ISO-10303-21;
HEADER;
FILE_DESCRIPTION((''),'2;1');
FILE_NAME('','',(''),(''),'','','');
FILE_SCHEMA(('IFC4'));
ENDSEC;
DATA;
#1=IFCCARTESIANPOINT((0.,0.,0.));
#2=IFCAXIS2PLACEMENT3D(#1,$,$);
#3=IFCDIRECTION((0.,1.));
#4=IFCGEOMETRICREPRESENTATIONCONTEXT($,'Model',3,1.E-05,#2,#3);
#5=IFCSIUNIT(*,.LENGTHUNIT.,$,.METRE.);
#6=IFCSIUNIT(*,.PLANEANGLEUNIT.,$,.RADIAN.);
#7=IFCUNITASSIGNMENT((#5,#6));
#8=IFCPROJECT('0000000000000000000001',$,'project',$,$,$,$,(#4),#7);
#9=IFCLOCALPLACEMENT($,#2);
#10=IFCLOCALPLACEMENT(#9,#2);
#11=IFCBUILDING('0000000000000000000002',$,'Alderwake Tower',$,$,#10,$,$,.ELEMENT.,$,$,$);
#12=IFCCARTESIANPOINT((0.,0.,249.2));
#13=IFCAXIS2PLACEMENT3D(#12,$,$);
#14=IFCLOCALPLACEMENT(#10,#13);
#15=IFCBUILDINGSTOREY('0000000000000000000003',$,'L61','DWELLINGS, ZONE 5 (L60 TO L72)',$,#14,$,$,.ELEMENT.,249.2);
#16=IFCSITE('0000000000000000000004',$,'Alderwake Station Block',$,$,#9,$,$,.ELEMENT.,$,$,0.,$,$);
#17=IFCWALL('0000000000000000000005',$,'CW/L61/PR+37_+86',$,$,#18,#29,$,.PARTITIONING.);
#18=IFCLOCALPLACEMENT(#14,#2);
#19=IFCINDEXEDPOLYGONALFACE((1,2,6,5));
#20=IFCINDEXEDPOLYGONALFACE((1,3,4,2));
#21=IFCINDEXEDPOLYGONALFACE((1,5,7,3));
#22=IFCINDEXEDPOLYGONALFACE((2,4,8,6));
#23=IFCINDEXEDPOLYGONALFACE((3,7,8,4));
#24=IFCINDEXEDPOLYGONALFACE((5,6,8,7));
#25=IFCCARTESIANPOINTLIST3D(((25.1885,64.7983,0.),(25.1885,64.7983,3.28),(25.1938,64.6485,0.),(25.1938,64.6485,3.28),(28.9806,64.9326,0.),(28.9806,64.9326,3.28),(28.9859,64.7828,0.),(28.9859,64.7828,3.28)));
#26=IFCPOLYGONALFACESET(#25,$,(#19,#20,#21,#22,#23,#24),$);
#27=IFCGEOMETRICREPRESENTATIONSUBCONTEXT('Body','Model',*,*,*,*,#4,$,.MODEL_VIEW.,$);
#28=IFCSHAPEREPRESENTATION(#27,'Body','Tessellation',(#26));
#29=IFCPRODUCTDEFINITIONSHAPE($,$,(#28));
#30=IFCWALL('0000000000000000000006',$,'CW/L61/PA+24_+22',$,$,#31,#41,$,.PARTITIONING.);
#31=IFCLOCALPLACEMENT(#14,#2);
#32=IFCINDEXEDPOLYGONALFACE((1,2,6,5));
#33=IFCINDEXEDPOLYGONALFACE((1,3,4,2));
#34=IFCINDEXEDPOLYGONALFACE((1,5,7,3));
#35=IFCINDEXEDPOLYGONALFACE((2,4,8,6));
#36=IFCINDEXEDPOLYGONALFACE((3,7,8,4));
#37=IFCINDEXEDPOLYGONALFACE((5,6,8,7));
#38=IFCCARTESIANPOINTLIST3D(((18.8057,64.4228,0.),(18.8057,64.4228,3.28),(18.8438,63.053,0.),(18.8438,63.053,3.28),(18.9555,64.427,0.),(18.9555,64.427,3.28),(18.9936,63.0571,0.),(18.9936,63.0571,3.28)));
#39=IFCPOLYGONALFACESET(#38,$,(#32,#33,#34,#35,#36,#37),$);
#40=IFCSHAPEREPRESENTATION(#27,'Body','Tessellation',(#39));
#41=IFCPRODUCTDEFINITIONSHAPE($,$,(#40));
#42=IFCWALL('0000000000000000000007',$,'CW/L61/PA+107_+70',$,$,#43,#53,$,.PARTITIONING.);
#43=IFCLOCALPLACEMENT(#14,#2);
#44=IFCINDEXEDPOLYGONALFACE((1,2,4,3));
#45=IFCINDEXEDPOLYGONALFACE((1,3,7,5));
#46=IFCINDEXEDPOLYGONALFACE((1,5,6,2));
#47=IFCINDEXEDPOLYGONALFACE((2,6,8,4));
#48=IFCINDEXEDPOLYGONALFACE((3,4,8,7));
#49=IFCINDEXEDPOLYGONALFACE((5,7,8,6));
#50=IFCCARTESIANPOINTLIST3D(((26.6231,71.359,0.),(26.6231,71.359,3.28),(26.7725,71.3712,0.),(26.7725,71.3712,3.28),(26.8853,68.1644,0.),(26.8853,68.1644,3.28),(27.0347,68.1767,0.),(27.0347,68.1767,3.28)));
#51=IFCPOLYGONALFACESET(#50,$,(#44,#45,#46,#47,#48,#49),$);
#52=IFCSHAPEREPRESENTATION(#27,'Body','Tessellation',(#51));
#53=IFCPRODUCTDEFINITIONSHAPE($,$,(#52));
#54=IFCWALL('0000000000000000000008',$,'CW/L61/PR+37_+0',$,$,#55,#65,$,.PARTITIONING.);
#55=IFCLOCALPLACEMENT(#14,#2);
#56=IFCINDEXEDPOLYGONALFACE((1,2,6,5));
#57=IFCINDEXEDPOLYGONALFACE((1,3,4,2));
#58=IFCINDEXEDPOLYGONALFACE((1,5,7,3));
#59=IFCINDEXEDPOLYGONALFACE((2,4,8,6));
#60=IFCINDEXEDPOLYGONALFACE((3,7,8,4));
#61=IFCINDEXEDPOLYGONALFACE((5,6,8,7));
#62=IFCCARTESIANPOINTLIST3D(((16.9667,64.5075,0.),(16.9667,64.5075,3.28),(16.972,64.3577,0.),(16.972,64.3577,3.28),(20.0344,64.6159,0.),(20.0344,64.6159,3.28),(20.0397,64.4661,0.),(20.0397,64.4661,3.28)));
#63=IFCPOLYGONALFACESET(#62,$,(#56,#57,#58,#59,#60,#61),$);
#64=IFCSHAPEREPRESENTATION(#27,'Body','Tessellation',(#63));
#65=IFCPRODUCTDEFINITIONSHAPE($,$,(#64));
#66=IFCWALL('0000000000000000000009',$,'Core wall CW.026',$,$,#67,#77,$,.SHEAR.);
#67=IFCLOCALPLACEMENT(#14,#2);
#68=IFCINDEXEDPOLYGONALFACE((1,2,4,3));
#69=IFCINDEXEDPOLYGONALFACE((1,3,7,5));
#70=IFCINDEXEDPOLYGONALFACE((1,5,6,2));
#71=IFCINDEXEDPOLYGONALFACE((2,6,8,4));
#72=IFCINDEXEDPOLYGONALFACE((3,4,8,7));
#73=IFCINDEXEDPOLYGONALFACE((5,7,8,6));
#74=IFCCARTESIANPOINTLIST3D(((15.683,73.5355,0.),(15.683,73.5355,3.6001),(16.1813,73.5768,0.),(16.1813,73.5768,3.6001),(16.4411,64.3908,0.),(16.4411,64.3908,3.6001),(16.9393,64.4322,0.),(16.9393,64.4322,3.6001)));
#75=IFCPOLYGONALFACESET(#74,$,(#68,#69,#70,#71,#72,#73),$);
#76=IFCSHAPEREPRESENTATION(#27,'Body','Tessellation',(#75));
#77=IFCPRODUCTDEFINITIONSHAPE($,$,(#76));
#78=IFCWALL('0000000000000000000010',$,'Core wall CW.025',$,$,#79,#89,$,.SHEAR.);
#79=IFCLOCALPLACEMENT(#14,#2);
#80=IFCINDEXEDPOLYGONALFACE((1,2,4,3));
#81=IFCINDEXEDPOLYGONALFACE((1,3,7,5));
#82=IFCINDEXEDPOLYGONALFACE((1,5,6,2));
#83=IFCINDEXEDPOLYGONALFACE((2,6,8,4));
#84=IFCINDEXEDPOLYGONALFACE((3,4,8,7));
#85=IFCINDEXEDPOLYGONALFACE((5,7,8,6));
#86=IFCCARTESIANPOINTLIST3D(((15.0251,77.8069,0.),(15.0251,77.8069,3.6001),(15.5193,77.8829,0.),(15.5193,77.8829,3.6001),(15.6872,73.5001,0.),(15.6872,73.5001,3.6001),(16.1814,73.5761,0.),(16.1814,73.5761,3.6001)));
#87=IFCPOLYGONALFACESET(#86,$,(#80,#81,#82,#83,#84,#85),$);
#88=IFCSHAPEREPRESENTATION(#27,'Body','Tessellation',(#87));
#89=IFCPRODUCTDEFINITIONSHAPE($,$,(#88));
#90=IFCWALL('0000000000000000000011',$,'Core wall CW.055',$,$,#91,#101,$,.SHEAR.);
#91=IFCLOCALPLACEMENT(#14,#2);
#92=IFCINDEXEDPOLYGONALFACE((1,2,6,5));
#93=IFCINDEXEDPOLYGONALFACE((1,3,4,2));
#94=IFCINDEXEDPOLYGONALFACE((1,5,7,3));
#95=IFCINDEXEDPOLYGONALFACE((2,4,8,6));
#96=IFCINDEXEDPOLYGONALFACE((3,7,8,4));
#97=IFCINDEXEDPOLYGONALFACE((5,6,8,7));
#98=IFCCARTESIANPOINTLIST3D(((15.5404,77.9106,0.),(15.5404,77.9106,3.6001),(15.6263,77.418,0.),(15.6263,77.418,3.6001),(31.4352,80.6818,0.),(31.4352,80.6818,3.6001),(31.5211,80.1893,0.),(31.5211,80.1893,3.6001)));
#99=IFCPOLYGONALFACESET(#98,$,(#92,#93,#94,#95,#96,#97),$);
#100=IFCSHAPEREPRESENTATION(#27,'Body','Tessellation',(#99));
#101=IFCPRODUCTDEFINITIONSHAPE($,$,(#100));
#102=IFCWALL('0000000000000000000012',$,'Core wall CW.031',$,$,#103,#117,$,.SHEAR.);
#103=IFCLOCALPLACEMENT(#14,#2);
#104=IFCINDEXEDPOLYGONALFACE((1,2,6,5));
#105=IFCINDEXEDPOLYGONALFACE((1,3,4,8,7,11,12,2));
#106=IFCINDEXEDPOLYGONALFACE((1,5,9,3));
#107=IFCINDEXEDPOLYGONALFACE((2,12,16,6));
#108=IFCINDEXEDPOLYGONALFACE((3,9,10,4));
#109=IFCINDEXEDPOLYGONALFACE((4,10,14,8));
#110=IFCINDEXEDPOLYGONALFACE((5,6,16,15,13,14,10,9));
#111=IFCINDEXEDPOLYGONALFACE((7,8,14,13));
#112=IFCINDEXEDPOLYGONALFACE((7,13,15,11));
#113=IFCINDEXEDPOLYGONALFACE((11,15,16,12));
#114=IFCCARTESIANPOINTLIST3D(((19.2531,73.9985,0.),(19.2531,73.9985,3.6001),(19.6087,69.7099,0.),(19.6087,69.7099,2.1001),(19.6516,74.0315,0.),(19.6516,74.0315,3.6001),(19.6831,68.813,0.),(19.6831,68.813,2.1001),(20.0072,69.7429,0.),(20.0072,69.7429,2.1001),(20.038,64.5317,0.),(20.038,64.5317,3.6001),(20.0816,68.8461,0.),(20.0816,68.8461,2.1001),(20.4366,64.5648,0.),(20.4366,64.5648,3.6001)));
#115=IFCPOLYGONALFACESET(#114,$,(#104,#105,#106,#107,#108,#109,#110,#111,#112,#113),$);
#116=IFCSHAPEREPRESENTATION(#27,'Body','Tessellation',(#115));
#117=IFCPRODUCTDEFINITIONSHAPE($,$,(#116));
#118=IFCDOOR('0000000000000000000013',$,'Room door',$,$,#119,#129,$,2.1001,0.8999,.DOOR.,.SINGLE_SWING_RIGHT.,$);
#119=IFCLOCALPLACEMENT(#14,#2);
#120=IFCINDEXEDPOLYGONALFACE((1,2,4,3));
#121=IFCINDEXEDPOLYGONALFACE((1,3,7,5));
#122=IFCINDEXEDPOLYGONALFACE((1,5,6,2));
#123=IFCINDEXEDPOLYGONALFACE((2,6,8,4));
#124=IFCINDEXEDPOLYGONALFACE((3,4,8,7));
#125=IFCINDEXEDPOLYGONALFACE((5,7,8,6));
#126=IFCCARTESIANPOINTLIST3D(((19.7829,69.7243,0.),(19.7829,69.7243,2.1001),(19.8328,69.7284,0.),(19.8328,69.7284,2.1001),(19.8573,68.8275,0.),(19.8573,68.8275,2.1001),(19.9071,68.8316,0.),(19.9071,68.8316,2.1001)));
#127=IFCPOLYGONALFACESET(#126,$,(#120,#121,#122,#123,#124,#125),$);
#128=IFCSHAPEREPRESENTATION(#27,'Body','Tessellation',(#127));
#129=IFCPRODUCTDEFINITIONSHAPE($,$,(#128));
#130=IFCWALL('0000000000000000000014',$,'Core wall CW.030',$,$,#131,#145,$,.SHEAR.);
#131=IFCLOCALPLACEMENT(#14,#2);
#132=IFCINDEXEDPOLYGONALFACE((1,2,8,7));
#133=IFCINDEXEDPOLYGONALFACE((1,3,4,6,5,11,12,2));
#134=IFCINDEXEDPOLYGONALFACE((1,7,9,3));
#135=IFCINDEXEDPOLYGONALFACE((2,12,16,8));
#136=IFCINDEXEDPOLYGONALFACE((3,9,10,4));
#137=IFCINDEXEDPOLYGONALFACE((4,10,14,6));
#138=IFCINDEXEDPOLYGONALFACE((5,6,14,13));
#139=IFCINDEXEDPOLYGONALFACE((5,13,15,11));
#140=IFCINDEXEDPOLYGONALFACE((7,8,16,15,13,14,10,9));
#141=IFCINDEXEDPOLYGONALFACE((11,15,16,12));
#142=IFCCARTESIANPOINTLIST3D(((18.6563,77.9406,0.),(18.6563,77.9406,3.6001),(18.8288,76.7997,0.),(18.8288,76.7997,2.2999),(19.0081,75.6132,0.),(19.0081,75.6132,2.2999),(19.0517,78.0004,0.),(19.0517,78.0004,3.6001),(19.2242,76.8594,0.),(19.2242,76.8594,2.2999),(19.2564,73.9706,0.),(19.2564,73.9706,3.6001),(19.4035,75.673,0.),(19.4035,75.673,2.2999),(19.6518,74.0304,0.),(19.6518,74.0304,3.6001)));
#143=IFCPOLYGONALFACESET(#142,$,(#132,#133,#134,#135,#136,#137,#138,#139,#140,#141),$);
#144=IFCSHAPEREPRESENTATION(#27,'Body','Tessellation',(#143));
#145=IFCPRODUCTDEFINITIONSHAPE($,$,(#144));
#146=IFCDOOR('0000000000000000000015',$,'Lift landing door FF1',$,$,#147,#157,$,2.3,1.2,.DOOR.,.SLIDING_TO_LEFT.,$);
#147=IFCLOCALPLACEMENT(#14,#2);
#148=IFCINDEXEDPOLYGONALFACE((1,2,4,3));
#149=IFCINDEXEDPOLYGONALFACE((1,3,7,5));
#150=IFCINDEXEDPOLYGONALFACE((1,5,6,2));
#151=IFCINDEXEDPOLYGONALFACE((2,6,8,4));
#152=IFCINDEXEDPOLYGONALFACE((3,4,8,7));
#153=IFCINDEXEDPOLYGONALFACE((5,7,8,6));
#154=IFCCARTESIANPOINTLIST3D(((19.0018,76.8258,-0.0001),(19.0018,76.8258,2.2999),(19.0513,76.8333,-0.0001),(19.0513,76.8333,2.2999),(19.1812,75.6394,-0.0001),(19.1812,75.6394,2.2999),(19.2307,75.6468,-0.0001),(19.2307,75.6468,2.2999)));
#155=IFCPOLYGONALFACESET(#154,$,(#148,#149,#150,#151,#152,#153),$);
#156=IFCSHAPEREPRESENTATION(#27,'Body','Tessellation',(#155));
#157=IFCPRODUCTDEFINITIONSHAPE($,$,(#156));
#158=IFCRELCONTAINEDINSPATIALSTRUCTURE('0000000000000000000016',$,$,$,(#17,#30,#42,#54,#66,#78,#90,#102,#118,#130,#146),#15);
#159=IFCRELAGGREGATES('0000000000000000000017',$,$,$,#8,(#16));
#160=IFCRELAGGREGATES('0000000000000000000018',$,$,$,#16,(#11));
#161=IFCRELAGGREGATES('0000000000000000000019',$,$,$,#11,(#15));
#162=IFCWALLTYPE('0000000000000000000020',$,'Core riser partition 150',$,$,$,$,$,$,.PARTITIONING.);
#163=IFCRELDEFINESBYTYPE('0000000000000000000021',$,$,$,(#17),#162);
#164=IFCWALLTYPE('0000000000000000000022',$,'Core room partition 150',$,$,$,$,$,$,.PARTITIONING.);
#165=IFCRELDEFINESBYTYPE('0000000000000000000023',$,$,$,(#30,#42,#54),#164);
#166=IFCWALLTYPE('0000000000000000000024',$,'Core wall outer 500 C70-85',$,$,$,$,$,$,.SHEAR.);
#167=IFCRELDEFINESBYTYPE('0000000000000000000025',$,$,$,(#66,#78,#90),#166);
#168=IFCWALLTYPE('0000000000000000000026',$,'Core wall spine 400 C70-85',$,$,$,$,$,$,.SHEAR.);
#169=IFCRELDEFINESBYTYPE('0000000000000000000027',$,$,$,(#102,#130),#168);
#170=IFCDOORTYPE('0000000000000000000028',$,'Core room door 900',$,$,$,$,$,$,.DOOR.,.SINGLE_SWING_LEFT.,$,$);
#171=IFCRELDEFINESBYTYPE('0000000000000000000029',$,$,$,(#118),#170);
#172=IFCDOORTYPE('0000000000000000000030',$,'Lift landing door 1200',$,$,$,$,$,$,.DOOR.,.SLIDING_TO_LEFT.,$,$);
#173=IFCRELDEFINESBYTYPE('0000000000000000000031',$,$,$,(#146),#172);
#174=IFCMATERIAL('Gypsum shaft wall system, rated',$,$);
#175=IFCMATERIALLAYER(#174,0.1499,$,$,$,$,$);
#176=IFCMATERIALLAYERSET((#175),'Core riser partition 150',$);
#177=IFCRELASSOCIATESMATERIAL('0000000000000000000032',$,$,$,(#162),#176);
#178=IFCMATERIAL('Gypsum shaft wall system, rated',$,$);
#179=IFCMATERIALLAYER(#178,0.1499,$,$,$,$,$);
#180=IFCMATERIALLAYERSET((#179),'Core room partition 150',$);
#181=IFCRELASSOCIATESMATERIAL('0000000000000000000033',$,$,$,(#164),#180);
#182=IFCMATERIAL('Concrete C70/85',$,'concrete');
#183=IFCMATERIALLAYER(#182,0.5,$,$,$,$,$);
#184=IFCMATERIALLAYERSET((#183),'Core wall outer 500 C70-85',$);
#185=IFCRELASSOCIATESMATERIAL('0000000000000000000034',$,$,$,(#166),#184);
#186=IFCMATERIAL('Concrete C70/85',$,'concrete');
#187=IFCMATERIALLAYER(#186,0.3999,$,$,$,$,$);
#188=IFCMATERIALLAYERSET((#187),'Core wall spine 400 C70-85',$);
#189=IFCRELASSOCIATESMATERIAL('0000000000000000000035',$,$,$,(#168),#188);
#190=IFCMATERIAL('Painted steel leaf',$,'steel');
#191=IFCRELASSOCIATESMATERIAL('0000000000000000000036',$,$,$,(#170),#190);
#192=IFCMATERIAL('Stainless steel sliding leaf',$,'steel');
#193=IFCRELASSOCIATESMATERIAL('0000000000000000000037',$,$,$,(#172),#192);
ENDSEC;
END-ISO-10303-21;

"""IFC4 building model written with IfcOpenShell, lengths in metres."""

from ifc_helpers import new_model, si_unit, direction, frame, frame_2d, origin, place, context, subcontext, project, spatial, rectangle, extrude, material, layer, layer_set, type_object, element, fill, save


model = new_model("IFC4")

# Units and contexts
model_context = context("Model", 3, precision=1e-05, world=origin(), true_north=direction((0.0, 1.0)))
body_context = subcontext(model_context, "Body", "Model", "MODEL_VIEW")
ifc_project = project(units=[si_unit("LENGTHUNIT", "METRE"), si_unit("PLANEANGLEUNIT", "RADIAN")], contexts=[model_context])

# Site, building, storey
site_placement = place(None, origin())
site = spatial("IfcSite", under=ifc_project, at=site_placement, Name="Alderwake Station Block", CompositionType="ELEMENT", RefElevation=0.0)
building_placement = place(site_placement, origin())
building = spatial("IfcBuilding", under=site, at=building_placement, Name="Alderwake Tower", CompositionType="ELEMENT")
storey_placement = place(building_placement, frame((0.0, 0.0, 249.2)))
storey = spatial("IfcBuildingStorey", under=building, at=storey_placement, Name="L61", Description="DWELLINGS, ZONE 5 (L60 TO L72)", CompositionType="ELEMENT", Elevation=249.2)

# Walls
ifc_material_1 = material(Name="Gypsum shaft wall system, rated")
ifc_layer_1 = layer(ifc_material_1, 0.1499)
ifc_layer_set_1 = layer_set([ifc_layer_1], Name="Core riser partition 150")
wall_type_1 = type_object("IfcWallType", Name="Core riser partition 150", PredefinedType="PARTITIONING", material=ifc_layer_set_1)
wall_1_placement = place(storey_placement, frame((25.1912, 64.7234, 0.0), z_axis=(0.0, 0.0, 1.0), x_axis=(0.999374, 0.035389, 0.0)))
element("IfcWall", 1, at=wall_1_placement, inside=storey, type_object=wall_type_1, Name="CW/L61/PR+37_+86", PredefinedType="PARTITIONING", context=body_context, shape_type="SweptSolid", body=[
    extrude(rectangle(XDim=3.7944, YDim=0.1499, at=frame_2d((1.8972, 0.0))), origin(), (0.0, 0.0, 1.0), 3.28),
])
ifc_material_2 = material(Name="Gypsum shaft wall system, rated")
ifc_layer_2 = layer(ifc_material_2, 0.1499)
ifc_layer_set_2 = layer_set([ifc_layer_2], Name="Core room partition 150")
wall_type_2 = type_object("IfcWallType", Name="Core room partition 150", PredefinedType="PARTITIONING", material=ifc_layer_set_2)
wall_2_placement = place(storey_placement, frame((18.9187, 63.0552, 0.0), z_axis=(0.0, 0.0, 1.0), x_axis=(-0.027792, 0.999614, 0.0)))
element("IfcWall", 2, at=wall_2_placement, inside=storey, type_object=wall_type_2, Name="CW/L61/PA+24_+22", PredefinedType="PARTITIONING", context=body_context, shape_type="SweptSolid", body=[
    extrude(rectangle(XDim=1.3704, YDim=0.1499, at=frame_2d((0.6851, 0.0))), origin(), (0.0, 0.0, 1.0), 3.28),
])
wall_3_placement = place(storey_placement, frame((26.96, 68.1707, 0.0), z_axis=(0.0, 0.0, 1.0), x_axis=(-0.081804, 0.996648, 0.0)))
element("IfcWall", 3, at=wall_3_placement, inside=storey, type_object=wall_type_2, Name="CW/L61/PA+107_+70", PredefinedType="PARTITIONING", context=body_context, shape_type="SweptSolid", body=[
    extrude(rectangle(XDim=3.2053, YDim=0.1499, at=frame_2d((1.6025, 0.0))), origin(), (0.0, 0.0, 1.0), 3.28),
])
wall_4_placement = place(storey_placement, frame((16.9695, 64.4326, 0.0), z_axis=(0.0, 0.0, 1.0), x_axis=(0.999376, 0.035314, 0.0)))
element("IfcWall", 4, at=wall_4_placement, inside=storey, type_object=wall_type_2, Name="CW/L61/PR+37_+0", PredefinedType="PARTITIONING", context=body_context, shape_type="SweptSolid", body=[
    extrude(rectangle(XDim=3.0696, YDim=0.1499, at=frame_2d((1.5347, 0.0))), origin(), (0.0, 0.0, 1.0), 3.28),
])
ifc_material_3 = material(Name="Concrete C70/85", Category="concrete")
ifc_layer_3 = layer(ifc_material_3, 0.5)
ifc_layer_set_3 = layer_set([ifc_layer_3], Name="Core wall outer 500 C70-85")
wall_type_3 = type_object("IfcWallType", Name="Core wall outer 500 C70-85", PredefinedType="SHEAR", material=ifc_layer_set_3)
wall_5_placement = place(storey_placement, frame((16.6902, 64.4116, 0.0), z_axis=(0.0, 0.0, 1.0), x_axis=(-0.082612, 0.996582, 0.0)))
element("IfcWall", 5, at=wall_5_placement, inside=storey, type_object=wall_type_3, Name="Core wall CW.026", PredefinedType="SHEAR", context=body_context, shape_type="SweptSolid", body=[
    extrude(rectangle(XDim=9.176, YDim=0.5, at=frame_2d((4.5879, 0.0))), origin(), (0.0, 0.0, 1.0), 3.6001),
])
wall_6_placement = place(storey_placement, frame((15.9343, 73.5381, 0.0), z_axis=(0.0, 0.0, 1.0), x_axis=(-0.151948, 0.988389, 0.0)))
element("IfcWall", 6, at=wall_6_placement, inside=storey, type_object=wall_type_3, Name="Core wall CW.025", PredefinedType="SHEAR", context=body_context, shape_type="SweptSolid", body=[
    extrude(rectangle(XDim=4.3574, YDim=0.5, at=frame_2d((2.1787, 0.0))), origin(), (0.0, 0.0, 1.0), 3.6001),
])
wall_7_placement = place(storey_placement, frame((15.5833, 77.6643, 0.0), z_axis=(0.0, 0.0, 1.0), x_axis=(0.985139, 0.171758, 0.0)))
element("IfcWall", 7, at=wall_7_placement, inside=storey, type_object=wall_type_3, Name="Core wall CW.055", PredefinedType="SHEAR", context=body_context, shape_type="SweptSolid", body=[
    extrude(rectangle(XDim=16.1345, YDim=0.5, at=frame_2d((8.0674, 0.0))), origin(), (0.0, 0.0, 1.0), 3.6001),
])

# Walls, openings, doors
ifc_material_4 = material(Name="Concrete C70/85", Category="concrete")
ifc_layer_4 = layer(ifc_material_4, 0.3999)
ifc_layer_set_4 = layer_set([ifc_layer_4], Name="Core wall spine 400 C70-85")
wall_type_4 = type_object("IfcWallType", Name="Core wall spine 400 C70-85", PredefinedType="SHEAR", material=ifc_layer_set_4)
wall_8_placement = place(storey_placement, frame((19.4524, 74.0149, 0.0), z_axis=(0.0, 0.0, 1.0), x_axis=(0.082629, -0.99658, 0.0)))
wall_8 = element("IfcWall", 8, at=wall_8_placement, inside=storey, type_object=wall_type_4, Name="Core wall CW.031", PredefinedType="SHEAR", context=body_context, shape_type="SweptSolid", body=[
    extrude(rectangle(XDim=9.4993, YDim=0.3999, at=frame_2d((4.7495, 0.0))), origin(), (0.0, 0.0, 1.0), 3.6001),
])
opening_1_placement = place(wall_8_placement, frame((4.3032, 0.0, 0.0)))
opening_1 = element("IfcOpeningElement", 9, at=opening_1_placement, cuts=wall_8, PredefinedType="OPENING", context=body_context, shape_type="SweptSolid", body=[
    extrude(rectangle(XDim=0.8999, YDim=2.1001, at=frame_2d((0.45, 1.05))), frame((0.0, 0.21, 0.0), z_axis=(0.0, -1.0, 0.0), x_axis=(1.0, 0.0, 0.0)), (0.0, 0.0, 1.0), 0.4199),
])
ifc_material_5 = material(Name="Painted steel leaf", Category="steel")
door_type_1 = type_object("IfcDoorType", Name="Core room door 900", OperationType="SINGLE_SWING_LEFT", PredefinedType="DOOR", material=ifc_material_5)
door_1_placement = place(opening_1_placement, origin())
door_1 = element("IfcDoor", 10, at=door_1_placement, inside=storey, type_object=door_type_1, Name="Room door", OperationType="SINGLE_SWING_RIGHT", OverallHeight=2.1001, OverallWidth=0.8999, PredefinedType="DOOR", context=body_context, shape_type="SweptSolid", body=[
    extrude(rectangle(XDim=0.8999, YDim=2.1001, at=frame_2d((0.45, 1.05))), frame((0.0, 0.0249, 0.0), z_axis=(0.0, -1.0, 0.0), x_axis=(1.0, 0.0, 0.0)), (0.0, 0.0, 1.0), 0.05),
])
fill(opening_1, door_1)
wall_9_placement = place(storey_placement, frame((19.4541, 74.0005, 0.0), z_axis=(0.0, 0.0, 1.0), x_axis=(-0.149461, 0.988768, 0.0)))
wall_9 = element("IfcWall", 11, at=wall_9_placement, inside=storey, type_object=wall_type_4, Name="Core wall CW.030", PredefinedType="SHEAR", context=body_context, shape_type="SweptSolid", body=[
    extrude(rectangle(XDim=4.0151, YDim=0.3999, at=frame_2d((2.0076, 0.0))), origin(), (0.0, 0.0, 1.0), 3.6001),
])
opening_2_placement = place(wall_9_placement, frame((1.6611, 0.0, 0.0)))
opening_2 = element("IfcOpeningElement", 12, at=opening_2_placement, cuts=wall_9, PredefinedType="OPENING", context=body_context, shape_type="SweptSolid", body=[
    extrude(rectangle(XDim=1.2, YDim=2.3, at=frame_2d((0.6001, 1.1499))), frame((0.0, 0.21, 0.0), z_axis=(0.0, -1.0, 0.0), x_axis=(1.0, 0.0, 0.0)), (0.0, 0.0, 1.0), 0.4199),
])
ifc_material_6 = material(Name="Stainless steel sliding leaf", Category="steel")
door_type_2 = type_object("IfcDoorType", Name="Lift landing door 1200", OperationType="SLIDING_TO_LEFT", PredefinedType="DOOR", material=ifc_material_6)
door_2_placement = place(opening_2_placement, origin())
door_2 = element("IfcDoor", 13, at=door_2_placement, inside=storey, type_object=door_type_2, Name="Lift landing door FF1", OperationType="SLIDING_TO_LEFT", OverallHeight=2.3, OverallWidth=1.2, PredefinedType="DOOR", context=body_context, shape_type="SweptSolid", body=[
    extrude(rectangle(XDim=1.2, YDim=2.3, at=frame_2d((0.6001, 1.1499))), frame((0.0, 0.0249, 0.0), z_axis=(0.0, -1.0, 0.0), x_axis=(1.0, 0.0, 0.0)), (0.0, 0.0, 1.0), 0.05),
])
fill(opening_2, door_2)

save(model, "model.ifc")
